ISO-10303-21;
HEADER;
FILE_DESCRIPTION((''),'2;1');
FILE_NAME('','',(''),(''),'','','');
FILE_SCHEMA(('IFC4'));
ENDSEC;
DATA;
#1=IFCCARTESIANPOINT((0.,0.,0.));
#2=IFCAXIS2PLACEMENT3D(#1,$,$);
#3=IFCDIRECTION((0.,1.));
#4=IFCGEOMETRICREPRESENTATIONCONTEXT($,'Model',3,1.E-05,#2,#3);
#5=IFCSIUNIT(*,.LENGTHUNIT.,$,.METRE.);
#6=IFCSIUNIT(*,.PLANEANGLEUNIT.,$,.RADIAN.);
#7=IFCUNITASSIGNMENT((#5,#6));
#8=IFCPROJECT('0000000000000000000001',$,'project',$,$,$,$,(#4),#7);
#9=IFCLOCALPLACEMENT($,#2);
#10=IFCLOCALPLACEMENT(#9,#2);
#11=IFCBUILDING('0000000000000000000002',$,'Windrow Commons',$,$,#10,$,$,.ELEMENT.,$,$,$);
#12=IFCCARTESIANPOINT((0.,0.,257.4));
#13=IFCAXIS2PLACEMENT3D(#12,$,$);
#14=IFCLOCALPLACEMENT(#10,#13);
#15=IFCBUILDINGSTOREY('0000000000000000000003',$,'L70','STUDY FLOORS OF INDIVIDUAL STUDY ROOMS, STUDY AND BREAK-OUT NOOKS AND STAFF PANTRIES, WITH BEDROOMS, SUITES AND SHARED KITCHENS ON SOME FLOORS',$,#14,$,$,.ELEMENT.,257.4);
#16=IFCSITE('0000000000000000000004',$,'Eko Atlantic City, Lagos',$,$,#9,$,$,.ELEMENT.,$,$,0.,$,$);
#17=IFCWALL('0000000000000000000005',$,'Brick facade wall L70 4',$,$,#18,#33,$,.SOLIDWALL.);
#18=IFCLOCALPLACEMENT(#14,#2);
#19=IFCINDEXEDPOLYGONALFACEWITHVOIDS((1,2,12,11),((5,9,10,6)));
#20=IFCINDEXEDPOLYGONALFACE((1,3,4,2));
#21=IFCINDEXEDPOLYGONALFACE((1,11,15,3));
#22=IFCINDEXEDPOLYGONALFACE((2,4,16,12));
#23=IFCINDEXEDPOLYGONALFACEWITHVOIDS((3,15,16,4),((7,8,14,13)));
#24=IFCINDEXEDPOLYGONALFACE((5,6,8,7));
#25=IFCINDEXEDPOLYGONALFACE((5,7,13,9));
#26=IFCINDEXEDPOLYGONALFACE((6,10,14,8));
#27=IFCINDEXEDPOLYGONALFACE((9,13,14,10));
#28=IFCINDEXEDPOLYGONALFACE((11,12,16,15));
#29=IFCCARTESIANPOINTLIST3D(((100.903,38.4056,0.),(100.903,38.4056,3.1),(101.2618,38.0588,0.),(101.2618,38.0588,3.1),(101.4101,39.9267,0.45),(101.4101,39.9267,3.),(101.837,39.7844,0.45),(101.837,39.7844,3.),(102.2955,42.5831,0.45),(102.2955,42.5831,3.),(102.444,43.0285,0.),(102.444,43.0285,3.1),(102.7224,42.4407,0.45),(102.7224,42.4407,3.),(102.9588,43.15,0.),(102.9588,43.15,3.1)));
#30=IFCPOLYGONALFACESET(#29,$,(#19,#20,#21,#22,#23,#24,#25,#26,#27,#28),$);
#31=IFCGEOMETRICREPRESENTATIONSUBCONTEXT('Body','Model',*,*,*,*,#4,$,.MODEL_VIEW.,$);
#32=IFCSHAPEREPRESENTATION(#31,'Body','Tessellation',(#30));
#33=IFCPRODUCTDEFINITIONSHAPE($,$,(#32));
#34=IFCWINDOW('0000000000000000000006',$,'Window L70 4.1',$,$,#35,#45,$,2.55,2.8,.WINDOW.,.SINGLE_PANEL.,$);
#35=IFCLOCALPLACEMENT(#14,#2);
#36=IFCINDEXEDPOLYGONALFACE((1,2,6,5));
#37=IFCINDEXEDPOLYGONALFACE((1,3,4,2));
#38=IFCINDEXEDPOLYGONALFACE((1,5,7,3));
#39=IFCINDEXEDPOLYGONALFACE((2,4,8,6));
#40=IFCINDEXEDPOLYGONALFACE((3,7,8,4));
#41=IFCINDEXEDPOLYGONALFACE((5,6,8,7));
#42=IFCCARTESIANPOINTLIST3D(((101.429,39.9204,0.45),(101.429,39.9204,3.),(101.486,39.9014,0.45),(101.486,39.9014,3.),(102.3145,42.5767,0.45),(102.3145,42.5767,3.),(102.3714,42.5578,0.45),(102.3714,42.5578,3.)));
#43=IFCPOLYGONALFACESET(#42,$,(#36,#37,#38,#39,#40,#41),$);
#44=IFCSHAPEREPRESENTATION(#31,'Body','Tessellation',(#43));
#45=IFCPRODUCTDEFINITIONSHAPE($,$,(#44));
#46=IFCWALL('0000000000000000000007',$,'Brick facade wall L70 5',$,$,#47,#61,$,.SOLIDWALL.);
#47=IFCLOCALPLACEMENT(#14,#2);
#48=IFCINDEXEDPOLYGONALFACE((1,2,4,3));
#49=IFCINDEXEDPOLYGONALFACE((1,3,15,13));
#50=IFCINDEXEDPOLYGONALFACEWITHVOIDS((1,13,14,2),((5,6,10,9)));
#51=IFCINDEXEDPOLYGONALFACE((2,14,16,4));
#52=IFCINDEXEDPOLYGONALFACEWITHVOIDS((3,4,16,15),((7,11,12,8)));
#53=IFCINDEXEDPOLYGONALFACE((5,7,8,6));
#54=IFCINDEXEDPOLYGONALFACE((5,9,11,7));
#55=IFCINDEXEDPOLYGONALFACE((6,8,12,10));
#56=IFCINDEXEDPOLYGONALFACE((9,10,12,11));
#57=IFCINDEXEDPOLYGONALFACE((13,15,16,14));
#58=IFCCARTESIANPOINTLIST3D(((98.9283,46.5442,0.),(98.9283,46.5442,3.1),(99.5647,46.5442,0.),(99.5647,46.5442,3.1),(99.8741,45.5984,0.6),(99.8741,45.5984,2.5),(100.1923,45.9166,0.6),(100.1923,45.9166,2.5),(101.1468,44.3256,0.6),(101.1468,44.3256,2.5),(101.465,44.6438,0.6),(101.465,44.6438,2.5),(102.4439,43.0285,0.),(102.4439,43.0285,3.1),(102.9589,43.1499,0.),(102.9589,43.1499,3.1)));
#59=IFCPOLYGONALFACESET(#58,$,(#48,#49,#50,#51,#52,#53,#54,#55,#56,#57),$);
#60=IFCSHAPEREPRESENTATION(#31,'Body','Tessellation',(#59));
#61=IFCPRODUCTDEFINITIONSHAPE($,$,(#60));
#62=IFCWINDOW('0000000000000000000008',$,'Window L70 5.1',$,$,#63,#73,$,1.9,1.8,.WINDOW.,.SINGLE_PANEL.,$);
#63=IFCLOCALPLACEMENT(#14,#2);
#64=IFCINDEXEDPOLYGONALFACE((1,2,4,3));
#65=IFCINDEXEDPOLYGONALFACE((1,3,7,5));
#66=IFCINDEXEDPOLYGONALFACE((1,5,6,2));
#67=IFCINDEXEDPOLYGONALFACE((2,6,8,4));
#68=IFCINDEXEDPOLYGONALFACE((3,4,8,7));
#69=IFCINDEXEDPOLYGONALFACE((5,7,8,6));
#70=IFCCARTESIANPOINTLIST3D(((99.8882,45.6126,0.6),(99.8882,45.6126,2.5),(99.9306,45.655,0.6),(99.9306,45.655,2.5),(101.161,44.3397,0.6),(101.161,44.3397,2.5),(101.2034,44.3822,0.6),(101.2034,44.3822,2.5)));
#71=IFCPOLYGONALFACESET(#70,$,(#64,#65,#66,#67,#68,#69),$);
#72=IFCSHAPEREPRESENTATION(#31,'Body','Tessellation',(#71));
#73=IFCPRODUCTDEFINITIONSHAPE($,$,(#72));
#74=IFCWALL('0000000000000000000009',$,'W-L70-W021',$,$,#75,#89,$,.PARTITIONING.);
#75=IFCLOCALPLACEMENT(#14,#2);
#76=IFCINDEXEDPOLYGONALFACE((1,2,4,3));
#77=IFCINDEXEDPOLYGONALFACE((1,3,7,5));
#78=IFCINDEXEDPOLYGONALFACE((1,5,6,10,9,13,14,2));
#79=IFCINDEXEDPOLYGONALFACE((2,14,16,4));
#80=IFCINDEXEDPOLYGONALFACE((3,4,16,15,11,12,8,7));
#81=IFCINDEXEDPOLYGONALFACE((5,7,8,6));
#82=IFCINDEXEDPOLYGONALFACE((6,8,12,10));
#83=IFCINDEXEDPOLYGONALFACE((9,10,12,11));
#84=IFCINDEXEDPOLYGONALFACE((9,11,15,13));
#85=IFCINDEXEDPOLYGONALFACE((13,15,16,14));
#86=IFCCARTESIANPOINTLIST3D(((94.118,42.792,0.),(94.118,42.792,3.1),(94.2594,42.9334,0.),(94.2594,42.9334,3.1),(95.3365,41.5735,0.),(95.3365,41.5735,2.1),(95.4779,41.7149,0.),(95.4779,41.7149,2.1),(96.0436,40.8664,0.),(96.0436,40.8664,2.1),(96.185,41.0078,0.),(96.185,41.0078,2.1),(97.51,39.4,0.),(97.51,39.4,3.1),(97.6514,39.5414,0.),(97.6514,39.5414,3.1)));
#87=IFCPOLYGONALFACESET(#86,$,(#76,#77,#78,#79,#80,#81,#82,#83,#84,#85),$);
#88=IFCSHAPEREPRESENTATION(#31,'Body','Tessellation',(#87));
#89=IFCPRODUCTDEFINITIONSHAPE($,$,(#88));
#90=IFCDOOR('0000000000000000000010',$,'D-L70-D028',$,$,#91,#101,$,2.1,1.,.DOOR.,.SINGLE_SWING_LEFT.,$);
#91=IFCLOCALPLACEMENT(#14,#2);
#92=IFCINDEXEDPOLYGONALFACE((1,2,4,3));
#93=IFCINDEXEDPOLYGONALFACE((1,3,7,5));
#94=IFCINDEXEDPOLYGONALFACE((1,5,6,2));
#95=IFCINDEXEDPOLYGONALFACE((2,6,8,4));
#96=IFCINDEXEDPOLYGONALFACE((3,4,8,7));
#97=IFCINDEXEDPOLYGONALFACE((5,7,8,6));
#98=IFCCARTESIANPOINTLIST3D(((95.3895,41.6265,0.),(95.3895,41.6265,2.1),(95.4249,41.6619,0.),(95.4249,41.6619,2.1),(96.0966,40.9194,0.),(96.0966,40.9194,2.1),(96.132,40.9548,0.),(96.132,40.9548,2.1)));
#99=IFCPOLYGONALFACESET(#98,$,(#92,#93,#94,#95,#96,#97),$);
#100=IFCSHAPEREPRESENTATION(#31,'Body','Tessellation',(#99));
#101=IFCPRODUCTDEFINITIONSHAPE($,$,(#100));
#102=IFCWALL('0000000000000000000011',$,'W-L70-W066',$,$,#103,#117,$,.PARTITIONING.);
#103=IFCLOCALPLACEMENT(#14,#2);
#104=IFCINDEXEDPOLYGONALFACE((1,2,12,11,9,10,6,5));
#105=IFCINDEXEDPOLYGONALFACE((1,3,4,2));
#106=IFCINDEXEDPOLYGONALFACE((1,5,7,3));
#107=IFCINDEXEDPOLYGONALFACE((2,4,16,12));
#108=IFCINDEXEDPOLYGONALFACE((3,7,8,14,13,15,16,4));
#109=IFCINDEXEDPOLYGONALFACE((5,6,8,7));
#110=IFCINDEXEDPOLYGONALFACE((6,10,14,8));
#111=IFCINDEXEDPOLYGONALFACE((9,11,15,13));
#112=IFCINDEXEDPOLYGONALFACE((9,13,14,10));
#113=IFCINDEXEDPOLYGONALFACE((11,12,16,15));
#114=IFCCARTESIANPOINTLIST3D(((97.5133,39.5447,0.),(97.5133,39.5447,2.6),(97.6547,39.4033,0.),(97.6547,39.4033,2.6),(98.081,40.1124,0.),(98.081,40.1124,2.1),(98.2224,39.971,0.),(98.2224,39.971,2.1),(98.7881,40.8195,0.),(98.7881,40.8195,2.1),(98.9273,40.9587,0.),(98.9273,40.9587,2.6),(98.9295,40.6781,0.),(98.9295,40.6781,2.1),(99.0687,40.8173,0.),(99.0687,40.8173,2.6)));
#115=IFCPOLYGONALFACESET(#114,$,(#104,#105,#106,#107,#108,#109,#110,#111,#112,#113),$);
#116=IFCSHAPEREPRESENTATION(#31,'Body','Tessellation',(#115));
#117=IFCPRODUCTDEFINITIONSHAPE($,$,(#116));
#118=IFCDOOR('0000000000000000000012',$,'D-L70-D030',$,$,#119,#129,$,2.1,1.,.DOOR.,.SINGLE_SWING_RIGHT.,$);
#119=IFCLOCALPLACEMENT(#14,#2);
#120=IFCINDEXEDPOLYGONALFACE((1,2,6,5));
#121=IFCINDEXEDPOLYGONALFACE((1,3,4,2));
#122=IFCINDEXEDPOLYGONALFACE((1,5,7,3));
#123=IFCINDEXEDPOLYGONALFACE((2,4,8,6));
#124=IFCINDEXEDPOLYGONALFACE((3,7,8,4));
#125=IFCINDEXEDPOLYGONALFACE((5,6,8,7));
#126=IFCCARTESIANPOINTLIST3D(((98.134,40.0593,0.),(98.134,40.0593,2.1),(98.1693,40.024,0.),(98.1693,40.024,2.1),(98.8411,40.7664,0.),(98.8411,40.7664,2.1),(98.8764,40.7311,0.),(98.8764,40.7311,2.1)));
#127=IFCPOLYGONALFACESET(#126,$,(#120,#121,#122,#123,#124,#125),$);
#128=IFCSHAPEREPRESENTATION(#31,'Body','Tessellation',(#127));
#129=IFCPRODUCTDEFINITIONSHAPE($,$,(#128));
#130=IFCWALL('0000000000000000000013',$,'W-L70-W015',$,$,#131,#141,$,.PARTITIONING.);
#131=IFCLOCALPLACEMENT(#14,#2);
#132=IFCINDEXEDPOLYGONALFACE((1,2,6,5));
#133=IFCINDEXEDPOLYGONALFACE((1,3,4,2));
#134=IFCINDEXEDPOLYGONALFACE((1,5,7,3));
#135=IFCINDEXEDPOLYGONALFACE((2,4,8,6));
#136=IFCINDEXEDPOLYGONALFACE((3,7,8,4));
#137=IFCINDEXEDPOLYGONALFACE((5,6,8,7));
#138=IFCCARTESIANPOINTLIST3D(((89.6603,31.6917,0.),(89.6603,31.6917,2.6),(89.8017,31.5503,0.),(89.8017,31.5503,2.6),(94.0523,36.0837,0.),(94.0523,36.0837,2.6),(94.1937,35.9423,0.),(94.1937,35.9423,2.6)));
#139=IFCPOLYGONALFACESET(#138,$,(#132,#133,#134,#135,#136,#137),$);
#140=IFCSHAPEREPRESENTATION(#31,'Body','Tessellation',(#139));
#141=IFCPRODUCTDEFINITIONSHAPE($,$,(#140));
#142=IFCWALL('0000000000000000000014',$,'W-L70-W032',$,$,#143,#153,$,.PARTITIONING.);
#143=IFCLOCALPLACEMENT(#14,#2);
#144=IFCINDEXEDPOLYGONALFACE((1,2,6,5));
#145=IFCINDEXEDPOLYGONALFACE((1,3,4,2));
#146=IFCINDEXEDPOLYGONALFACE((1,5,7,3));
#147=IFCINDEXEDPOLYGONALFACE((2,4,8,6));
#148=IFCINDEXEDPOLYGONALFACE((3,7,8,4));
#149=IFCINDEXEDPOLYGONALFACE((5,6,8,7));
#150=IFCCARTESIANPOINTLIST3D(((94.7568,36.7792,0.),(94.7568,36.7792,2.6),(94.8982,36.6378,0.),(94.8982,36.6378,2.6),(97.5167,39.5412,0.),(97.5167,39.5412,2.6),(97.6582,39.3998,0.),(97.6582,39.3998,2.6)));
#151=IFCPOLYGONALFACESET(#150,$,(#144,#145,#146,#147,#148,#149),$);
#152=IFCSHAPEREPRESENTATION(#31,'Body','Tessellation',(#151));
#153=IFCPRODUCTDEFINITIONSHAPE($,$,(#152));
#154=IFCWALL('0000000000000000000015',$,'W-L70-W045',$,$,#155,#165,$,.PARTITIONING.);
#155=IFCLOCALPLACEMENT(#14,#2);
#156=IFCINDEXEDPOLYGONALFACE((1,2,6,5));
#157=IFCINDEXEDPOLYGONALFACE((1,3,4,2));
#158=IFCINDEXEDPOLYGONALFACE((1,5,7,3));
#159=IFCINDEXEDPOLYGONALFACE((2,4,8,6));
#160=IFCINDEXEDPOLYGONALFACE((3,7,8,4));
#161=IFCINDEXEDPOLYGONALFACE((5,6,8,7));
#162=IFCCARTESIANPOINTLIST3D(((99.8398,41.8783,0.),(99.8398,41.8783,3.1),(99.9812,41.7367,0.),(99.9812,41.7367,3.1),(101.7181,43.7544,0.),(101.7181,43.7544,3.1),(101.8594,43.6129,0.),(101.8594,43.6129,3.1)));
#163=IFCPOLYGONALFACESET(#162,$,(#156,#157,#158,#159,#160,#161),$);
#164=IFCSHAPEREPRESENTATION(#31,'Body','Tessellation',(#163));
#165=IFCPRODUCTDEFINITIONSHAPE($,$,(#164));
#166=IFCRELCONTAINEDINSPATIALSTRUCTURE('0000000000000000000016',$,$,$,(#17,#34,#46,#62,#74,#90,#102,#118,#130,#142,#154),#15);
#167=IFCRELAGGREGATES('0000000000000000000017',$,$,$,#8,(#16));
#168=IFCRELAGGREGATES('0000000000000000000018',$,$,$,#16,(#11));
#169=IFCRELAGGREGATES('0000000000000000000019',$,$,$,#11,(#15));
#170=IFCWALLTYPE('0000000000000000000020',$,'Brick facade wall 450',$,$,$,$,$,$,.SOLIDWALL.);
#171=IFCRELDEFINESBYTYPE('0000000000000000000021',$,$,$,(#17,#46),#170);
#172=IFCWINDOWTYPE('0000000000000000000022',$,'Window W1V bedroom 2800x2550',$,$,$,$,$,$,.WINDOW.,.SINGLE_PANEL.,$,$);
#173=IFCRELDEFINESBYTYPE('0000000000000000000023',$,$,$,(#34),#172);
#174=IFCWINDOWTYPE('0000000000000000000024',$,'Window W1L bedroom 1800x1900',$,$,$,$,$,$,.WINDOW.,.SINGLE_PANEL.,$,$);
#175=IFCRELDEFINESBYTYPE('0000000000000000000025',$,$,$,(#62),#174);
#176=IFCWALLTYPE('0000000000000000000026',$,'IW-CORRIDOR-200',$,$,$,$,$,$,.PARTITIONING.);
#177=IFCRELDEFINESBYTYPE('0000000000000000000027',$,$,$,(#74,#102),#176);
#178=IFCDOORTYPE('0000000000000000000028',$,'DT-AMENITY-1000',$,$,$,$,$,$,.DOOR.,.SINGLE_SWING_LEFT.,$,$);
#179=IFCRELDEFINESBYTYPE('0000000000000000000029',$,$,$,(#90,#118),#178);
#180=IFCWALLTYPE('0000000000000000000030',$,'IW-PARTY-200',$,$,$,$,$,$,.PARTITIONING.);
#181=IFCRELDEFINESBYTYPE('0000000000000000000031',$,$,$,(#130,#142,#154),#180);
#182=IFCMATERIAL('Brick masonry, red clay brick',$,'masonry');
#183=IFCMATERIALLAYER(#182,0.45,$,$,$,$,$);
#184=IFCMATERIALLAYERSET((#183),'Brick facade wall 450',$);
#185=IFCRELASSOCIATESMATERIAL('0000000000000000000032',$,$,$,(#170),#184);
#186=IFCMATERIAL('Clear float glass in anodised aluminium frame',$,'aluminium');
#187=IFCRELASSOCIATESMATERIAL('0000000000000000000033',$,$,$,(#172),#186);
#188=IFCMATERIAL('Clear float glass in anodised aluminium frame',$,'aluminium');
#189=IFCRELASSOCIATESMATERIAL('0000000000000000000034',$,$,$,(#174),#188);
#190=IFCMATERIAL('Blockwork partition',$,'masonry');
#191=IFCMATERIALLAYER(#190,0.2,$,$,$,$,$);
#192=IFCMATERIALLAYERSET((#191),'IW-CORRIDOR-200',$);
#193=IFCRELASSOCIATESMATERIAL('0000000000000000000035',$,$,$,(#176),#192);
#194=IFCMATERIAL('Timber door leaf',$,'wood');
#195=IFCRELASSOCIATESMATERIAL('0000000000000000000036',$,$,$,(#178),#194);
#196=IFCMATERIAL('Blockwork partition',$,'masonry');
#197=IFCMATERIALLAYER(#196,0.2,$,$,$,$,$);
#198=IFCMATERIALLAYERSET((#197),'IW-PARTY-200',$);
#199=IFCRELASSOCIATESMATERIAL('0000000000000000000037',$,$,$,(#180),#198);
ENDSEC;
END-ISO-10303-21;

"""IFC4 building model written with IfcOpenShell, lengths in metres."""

from ifc_helpers import new_model, si_unit, direction, frame, frame_2d, origin, place, context, subcontext, project, spatial, polyline, rectangle, outline, extrude, material, layer, layer_set, type_object, element, fill, save


model = new_model("IFC4")

# Units and contexts
model_context = context("Model", 3, precision=1e-05, world=origin(), true_north=direction((0.0, 1.0)))
body_context = subcontext(model_context, "Body", "Model", "MODEL_VIEW")
ifc_project = project(units=[si_unit("LENGTHUNIT", "METRE"), si_unit("PLANEANGLEUNIT", "RADIAN")], contexts=[model_context])

# Site, building, storey
site_placement = place(None, origin())
site = spatial("IfcSite", under=ifc_project, at=site_placement, Name="Eko Atlantic City, Lagos", CompositionType="ELEMENT", RefElevation=0.0)
building_placement = place(site_placement, origin())
building = spatial("IfcBuilding", under=site, at=building_placement, Name="Windrow Commons", CompositionType="ELEMENT")
storey_placement = place(building_placement, frame((0.0, 0.0, 257.4)))
storey = spatial("IfcBuildingStorey", under=building, at=storey_placement, Name="L70", Description="STUDY FLOORS OF INDIVIDUAL STUDY ROOMS, STUDY AND BREAK-OUT NOOKS AND STAFF PANTRIES, WITH BEDROOMS, SUITES AND SHARED KITCHENS ON SOME FLOORS", CompositionType="ELEMENT", Elevation=257.4)

# Walls, openings, windows
ifc_material_1 = material(Name="Brick masonry, red clay brick", Category="masonry")
ifc_layer_1 = layer(ifc_material_1, 0.45)
ifc_layer_set_1 = layer_set([ifc_layer_1], Name="Brick facade wall 450")
wall_type_1 = type_object("IfcWallType", Name="Brick facade wall 450", PredefinedType="SOLIDWALL", material=ifc_layer_set_1)
ifc_material_2 = material(Name="Clear float glass in anodised aluminium frame", Category="aluminium")
window_type_1 = type_object("IfcWindowType", Name="Window W1V bedroom 2800x2550", PartitioningType="SINGLE_PANEL", PredefinedType="WINDOW", material=ifc_material_2)
wall_1_placement = place(storey_placement, frame((101.0824, 38.2322, 0.0), z_axis=(0.0, 0.0, 1.0), x_axis=(0.316228, 0.948683, 0.0)))
wall_1 = element("IfcWall", 1, at=wall_1_placement, inside=storey, type_object=wall_type_1, Name="Brick facade wall L70 4", PredefinedType="SOLIDWALL", context=body_context, shape_type="SweptSolid", body=[
    extrude(outline(polyline([(-0.1078, -0.225), (5.2588, -0.225), (4.9807, 0.225), (0.1078, 0.225), (-0.1078, -0.225)])), origin(), (0.0, 0.0, 1.0), 3.1),
])
opening_1_placement = place(wall_1_placement, frame((1.7112, 0.0, 0.45)))
opening_1 = element("IfcOpeningElement", 2, at=opening_1_placement, cuts=wall_1, PredefinedType="OPENING", context=body_context, shape_type="SweptSolid", body=[
    extrude(rectangle(XDim=2.8, YDim=2.55, at=frame_2d((1.4, 1.275))), frame((0.0, 0.235, 0.0), z_axis=(0.0, -1.0, 0.0), x_axis=(1.0, 0.0, 0.0)), (0.0, 0.0, 1.0), 0.47),
])
window_1_placement = place(opening_1_placement, origin())
window_1 = element("IfcWindow", 3, at=window_1_placement, inside=storey, type_object=window_type_1, Name="Window L70 4.1", OverallHeight=2.55, OverallWidth=2.8, PartitioningType="SINGLE_PANEL", PredefinedType="WINDOW", context=body_context, shape_type="SweptSolid", body=[
    extrude(rectangle(XDim=2.8, YDim=2.55, at=frame_2d((1.4, 1.275))), frame((0.0, 0.205, 0.0), z_axis=(0.0, -1.0, 0.0), x_axis=(1.0, 0.0, 0.0)), (0.0, 0.0, 1.0), 0.06),
])
fill(opening_1, window_1)
wall_2_placement = place(storey_placement, frame((102.7014, 43.0892, 0.0), z_axis=(0.0, 0.0, 1.0), x_axis=(-0.707097, 0.707117, 0.0)))
wall_2 = element("IfcWall", 4, at=wall_2_placement, inside=storey, type_object=wall_type_1, Name="Brick facade wall L70 5", PredefinedType="SOLIDWALL", context=body_context, shape_type="SweptSolid", body=[
    extrude(outline(polyline([(-0.1391, -0.225), (4.661, -0.225), (5.111, 0.225), (0.1391, 0.225), (-0.1391, -0.225)])), origin(), (0.0, 0.0, 1.0), 3.1),
])
opening_2_placement = place(wall_2_placement, frame((1.9735, 0.0, 0.6)))
opening_2 = element("IfcOpeningElement", 5, at=opening_2_placement, cuts=wall_2, PredefinedType="OPENING", context=body_context, shape_type="SweptSolid", body=[
    extrude(rectangle(XDim=1.8, YDim=1.9, at=frame_2d((0.9, 0.95))), frame((0.0, 0.235, 0.0), z_axis=(0.0, -1.0, 0.0), x_axis=(1.0, 0.0, 0.0)), (0.0, 0.0, 1.0), 0.47),
])
ifc_material_3 = material(Name="Clear float glass in anodised aluminium frame", Category="aluminium")
window_type_2 = type_object("IfcWindowType", Name="Window W1L bedroom 1800x1900", PartitioningType="SINGLE_PANEL", PredefinedType="WINDOW", material=ifc_material_3)
window_2_placement = place(opening_2_placement, origin())
window_2 = element("IfcWindow", 6, at=window_2_placement, inside=storey, type_object=window_type_2, Name="Window L70 5.1", OverallHeight=1.9, OverallWidth=1.8, PartitioningType="SINGLE_PANEL", PredefinedType="WINDOW", context=body_context, shape_type="SweptSolid", body=[
    extrude(rectangle(XDim=1.8, YDim=1.9, at=frame_2d((0.9, 0.95))), frame((0.0, 0.205, 0.0), z_axis=(0.0, -1.0, 0.0), x_axis=(1.0, 0.0, 0.0)), (0.0, 0.0, 1.0), 0.06),
])
fill(opening_2, window_2)

# Walls, openings, doors
ifc_material_4 = material(Name="Blockwork partition", Category="masonry")
ifc_layer_2 = layer(ifc_material_4, 0.2)
ifc_layer_set_2 = layer_set([ifc_layer_2], Name="IW-CORRIDOR-200")
wall_type_2 = type_object("IfcWallType", Name="IW-CORRIDOR-200", PredefinedType="PARTITIONING", material=ifc_layer_set_2)
wall_3_placement = place(storey_placement, frame((94.1887, 42.8627, 0.0), z_axis=(0.0, 0.0, 1.0), x_axis=(0.707107, -0.707107, 0.0)))
wall_3 = element("IfcWall", 7, at=wall_3_placement, inside=storey, type_object=wall_type_2, Name="W-L70-W021", PredefinedType="PARTITIONING", context=body_context, shape_type="SweptSolid", body=[
    extrude(rectangle(XDim=4.797, YDim=0.2, at=frame_2d((2.3985, 0.0))), origin(), (0.0, 0.0, 1.0), 3.1),
])
opening_3_placement = place(wall_3_placement, frame((1.7232, 0.0, 0.0)))
opening_3 = element("IfcOpeningElement", 8, at=opening_3_placement, cuts=wall_3, PredefinedType="OPENING", context=body_context, shape_type="SweptSolid", body=[
    extrude(rectangle(XDim=1.0, YDim=2.1, at=frame_2d((0.5, 1.05))), frame((0.0, 0.11, 0.0), z_axis=(0.0, -1.0, 0.0), x_axis=(1.0, 0.0, 0.0)), (0.0, 0.0, 1.0), 0.22),
])
ifc_material_5 = material(Name="Timber door leaf", Category="wood")
door_type = type_object("IfcDoorType", Name="DT-AMENITY-1000", OperationType="SINGLE_SWING_LEFT", PredefinedType="DOOR", material=ifc_material_5)
door_1_placement = place(opening_3_placement, origin())
door_1 = element("IfcDoor", 9, at=door_1_placement, inside=storey, type_object=door_type, Name="D-L70-D028", OperationType="SINGLE_SWING_LEFT", OverallHeight=2.1, OverallWidth=1.0, PredefinedType="DOOR", context=body_context, shape_type="SweptSolid", body=[
    extrude(rectangle(XDim=1.0, YDim=2.1, at=frame_2d((0.5, 1.05))), frame((0.0, 0.025, 0.0), z_axis=(0.0, -1.0, 0.0), x_axis=(1.0, 0.0, 0.0)), (0.0, 0.0, 1.0), 0.05),
])
fill(opening_3, door_1)
wall_4_placement = place(storey_placement, frame((97.584, 39.474, 0.0), z_axis=(0.0, 0.0, 1.0), x_axis=(0.707107, 0.707107, 0.0)))
wall_4 = element("IfcWall", 10, at=wall_4_placement, inside=storey, type_object=wall_type_2, Name="W-L70-W066", PredefinedType="PARTITIONING", context=body_context, shape_type="SweptSolid", body=[
    extrude(rectangle(XDim=1.9997, YDim=0.2, at=frame_2d((0.9999, 0.0))), origin(), (0.0, 0.0, 1.0), 2.6),
])
opening_4_placement = place(wall_4_placement, frame((0.8028, 0.0, 0.0)))
opening_4 = element("IfcOpeningElement", 11, at=opening_4_placement, cuts=wall_4, PredefinedType="OPENING", context=body_context, shape_type="SweptSolid", body=[
    extrude(rectangle(XDim=1.0, YDim=2.1, at=frame_2d((0.5, 1.05))), frame((0.0, 0.11, 0.0), z_axis=(0.0, -1.0, 0.0), x_axis=(1.0, 0.0, 0.0)), (0.0, 0.0, 1.0), 0.22),
])
door_2_placement = place(opening_4_placement, origin())
door_2 = element("IfcDoor", 12, at=door_2_placement, inside=storey, type_object=door_type, Name="D-L70-D030", OperationType="SINGLE_SWING_RIGHT", OverallHeight=2.1, OverallWidth=1.0, PredefinedType="DOOR", context=body_context, shape_type="SweptSolid", body=[
    extrude(rectangle(XDim=1.0, YDim=2.1, at=frame_2d((0.5, 1.05))), frame((0.0, 0.025, 0.0), z_axis=(0.0, -1.0, 0.0), x_axis=(1.0, 0.0, 0.0)), (0.0, 0.0, 1.0), 0.05),
])
fill(opening_4, door_2)

# Walls
ifc_material_6 = material(Name="Blockwork partition", Category="masonry")
ifc_layer_3 = layer(ifc_material_6, 0.2)
ifc_layer_set_3 = layer_set([ifc_layer_3], Name="IW-PARTY-200")
wall_type_3 = type_object("IfcWallType", Name="IW-PARTY-200", PredefinedType="PARTITIONING", material=ifc_layer_set_3)
wall_5_placement = place(storey_placement, frame((89.731, 31.621, 0.0), z_axis=(0.0, 0.0, 1.0), x_axis=(0.707107, 0.707107, 0.0)))
element("IfcWall", 13, at=wall_5_placement, inside=storey, type_object=wall_type_3, Name="W-L70-W015", PredefinedType="PARTITIONING", context=body_context, shape_type="SweptSolid", body=[
    extrude(rectangle(XDim=6.2112, YDim=0.2, at=frame_2d((3.1056, 0.0))), origin(), (0.0, 0.0, 1.0), 2.6),
])
wall_6_placement = place(storey_placement, frame((94.8275, 36.7085, 0.0), z_axis=(0.0, 0.0, 1.0), x_axis=(0.706851, 0.707363, 0.0)))
element("IfcWall", 14, at=wall_6_placement, inside=storey, type_object=wall_type_3, Name="W-L70-W032", PredefinedType="PARTITIONING", context=body_context, shape_type="SweptSolid", body=[
    extrude(rectangle(XDim=3.9046, YDim=0.2, at=frame_2d((1.9523, 0.0))), origin(), (0.0, 0.0, 1.0), 2.6),
])
wall_7_placement = place(storey_placement, frame((99.9105, 41.8075, 0.0), z_axis=(0.0, 0.0, 1.0), x_axis=(0.707502, 0.706711, 0.0)))
element("IfcWall", 15, at=wall_7_placement, inside=storey, type_object=wall_type_3, Name="W-L70-W045", PredefinedType="PARTITIONING", context=body_context, shape_type="SweptSolid", body=[
    extrude(rectangle(XDim=2.6548, YDim=0.2, at=frame_2d((1.3274, 0.0))), origin(), (0.0, 0.0, 1.0), 3.1),
])

save(model, "model.ifc")
